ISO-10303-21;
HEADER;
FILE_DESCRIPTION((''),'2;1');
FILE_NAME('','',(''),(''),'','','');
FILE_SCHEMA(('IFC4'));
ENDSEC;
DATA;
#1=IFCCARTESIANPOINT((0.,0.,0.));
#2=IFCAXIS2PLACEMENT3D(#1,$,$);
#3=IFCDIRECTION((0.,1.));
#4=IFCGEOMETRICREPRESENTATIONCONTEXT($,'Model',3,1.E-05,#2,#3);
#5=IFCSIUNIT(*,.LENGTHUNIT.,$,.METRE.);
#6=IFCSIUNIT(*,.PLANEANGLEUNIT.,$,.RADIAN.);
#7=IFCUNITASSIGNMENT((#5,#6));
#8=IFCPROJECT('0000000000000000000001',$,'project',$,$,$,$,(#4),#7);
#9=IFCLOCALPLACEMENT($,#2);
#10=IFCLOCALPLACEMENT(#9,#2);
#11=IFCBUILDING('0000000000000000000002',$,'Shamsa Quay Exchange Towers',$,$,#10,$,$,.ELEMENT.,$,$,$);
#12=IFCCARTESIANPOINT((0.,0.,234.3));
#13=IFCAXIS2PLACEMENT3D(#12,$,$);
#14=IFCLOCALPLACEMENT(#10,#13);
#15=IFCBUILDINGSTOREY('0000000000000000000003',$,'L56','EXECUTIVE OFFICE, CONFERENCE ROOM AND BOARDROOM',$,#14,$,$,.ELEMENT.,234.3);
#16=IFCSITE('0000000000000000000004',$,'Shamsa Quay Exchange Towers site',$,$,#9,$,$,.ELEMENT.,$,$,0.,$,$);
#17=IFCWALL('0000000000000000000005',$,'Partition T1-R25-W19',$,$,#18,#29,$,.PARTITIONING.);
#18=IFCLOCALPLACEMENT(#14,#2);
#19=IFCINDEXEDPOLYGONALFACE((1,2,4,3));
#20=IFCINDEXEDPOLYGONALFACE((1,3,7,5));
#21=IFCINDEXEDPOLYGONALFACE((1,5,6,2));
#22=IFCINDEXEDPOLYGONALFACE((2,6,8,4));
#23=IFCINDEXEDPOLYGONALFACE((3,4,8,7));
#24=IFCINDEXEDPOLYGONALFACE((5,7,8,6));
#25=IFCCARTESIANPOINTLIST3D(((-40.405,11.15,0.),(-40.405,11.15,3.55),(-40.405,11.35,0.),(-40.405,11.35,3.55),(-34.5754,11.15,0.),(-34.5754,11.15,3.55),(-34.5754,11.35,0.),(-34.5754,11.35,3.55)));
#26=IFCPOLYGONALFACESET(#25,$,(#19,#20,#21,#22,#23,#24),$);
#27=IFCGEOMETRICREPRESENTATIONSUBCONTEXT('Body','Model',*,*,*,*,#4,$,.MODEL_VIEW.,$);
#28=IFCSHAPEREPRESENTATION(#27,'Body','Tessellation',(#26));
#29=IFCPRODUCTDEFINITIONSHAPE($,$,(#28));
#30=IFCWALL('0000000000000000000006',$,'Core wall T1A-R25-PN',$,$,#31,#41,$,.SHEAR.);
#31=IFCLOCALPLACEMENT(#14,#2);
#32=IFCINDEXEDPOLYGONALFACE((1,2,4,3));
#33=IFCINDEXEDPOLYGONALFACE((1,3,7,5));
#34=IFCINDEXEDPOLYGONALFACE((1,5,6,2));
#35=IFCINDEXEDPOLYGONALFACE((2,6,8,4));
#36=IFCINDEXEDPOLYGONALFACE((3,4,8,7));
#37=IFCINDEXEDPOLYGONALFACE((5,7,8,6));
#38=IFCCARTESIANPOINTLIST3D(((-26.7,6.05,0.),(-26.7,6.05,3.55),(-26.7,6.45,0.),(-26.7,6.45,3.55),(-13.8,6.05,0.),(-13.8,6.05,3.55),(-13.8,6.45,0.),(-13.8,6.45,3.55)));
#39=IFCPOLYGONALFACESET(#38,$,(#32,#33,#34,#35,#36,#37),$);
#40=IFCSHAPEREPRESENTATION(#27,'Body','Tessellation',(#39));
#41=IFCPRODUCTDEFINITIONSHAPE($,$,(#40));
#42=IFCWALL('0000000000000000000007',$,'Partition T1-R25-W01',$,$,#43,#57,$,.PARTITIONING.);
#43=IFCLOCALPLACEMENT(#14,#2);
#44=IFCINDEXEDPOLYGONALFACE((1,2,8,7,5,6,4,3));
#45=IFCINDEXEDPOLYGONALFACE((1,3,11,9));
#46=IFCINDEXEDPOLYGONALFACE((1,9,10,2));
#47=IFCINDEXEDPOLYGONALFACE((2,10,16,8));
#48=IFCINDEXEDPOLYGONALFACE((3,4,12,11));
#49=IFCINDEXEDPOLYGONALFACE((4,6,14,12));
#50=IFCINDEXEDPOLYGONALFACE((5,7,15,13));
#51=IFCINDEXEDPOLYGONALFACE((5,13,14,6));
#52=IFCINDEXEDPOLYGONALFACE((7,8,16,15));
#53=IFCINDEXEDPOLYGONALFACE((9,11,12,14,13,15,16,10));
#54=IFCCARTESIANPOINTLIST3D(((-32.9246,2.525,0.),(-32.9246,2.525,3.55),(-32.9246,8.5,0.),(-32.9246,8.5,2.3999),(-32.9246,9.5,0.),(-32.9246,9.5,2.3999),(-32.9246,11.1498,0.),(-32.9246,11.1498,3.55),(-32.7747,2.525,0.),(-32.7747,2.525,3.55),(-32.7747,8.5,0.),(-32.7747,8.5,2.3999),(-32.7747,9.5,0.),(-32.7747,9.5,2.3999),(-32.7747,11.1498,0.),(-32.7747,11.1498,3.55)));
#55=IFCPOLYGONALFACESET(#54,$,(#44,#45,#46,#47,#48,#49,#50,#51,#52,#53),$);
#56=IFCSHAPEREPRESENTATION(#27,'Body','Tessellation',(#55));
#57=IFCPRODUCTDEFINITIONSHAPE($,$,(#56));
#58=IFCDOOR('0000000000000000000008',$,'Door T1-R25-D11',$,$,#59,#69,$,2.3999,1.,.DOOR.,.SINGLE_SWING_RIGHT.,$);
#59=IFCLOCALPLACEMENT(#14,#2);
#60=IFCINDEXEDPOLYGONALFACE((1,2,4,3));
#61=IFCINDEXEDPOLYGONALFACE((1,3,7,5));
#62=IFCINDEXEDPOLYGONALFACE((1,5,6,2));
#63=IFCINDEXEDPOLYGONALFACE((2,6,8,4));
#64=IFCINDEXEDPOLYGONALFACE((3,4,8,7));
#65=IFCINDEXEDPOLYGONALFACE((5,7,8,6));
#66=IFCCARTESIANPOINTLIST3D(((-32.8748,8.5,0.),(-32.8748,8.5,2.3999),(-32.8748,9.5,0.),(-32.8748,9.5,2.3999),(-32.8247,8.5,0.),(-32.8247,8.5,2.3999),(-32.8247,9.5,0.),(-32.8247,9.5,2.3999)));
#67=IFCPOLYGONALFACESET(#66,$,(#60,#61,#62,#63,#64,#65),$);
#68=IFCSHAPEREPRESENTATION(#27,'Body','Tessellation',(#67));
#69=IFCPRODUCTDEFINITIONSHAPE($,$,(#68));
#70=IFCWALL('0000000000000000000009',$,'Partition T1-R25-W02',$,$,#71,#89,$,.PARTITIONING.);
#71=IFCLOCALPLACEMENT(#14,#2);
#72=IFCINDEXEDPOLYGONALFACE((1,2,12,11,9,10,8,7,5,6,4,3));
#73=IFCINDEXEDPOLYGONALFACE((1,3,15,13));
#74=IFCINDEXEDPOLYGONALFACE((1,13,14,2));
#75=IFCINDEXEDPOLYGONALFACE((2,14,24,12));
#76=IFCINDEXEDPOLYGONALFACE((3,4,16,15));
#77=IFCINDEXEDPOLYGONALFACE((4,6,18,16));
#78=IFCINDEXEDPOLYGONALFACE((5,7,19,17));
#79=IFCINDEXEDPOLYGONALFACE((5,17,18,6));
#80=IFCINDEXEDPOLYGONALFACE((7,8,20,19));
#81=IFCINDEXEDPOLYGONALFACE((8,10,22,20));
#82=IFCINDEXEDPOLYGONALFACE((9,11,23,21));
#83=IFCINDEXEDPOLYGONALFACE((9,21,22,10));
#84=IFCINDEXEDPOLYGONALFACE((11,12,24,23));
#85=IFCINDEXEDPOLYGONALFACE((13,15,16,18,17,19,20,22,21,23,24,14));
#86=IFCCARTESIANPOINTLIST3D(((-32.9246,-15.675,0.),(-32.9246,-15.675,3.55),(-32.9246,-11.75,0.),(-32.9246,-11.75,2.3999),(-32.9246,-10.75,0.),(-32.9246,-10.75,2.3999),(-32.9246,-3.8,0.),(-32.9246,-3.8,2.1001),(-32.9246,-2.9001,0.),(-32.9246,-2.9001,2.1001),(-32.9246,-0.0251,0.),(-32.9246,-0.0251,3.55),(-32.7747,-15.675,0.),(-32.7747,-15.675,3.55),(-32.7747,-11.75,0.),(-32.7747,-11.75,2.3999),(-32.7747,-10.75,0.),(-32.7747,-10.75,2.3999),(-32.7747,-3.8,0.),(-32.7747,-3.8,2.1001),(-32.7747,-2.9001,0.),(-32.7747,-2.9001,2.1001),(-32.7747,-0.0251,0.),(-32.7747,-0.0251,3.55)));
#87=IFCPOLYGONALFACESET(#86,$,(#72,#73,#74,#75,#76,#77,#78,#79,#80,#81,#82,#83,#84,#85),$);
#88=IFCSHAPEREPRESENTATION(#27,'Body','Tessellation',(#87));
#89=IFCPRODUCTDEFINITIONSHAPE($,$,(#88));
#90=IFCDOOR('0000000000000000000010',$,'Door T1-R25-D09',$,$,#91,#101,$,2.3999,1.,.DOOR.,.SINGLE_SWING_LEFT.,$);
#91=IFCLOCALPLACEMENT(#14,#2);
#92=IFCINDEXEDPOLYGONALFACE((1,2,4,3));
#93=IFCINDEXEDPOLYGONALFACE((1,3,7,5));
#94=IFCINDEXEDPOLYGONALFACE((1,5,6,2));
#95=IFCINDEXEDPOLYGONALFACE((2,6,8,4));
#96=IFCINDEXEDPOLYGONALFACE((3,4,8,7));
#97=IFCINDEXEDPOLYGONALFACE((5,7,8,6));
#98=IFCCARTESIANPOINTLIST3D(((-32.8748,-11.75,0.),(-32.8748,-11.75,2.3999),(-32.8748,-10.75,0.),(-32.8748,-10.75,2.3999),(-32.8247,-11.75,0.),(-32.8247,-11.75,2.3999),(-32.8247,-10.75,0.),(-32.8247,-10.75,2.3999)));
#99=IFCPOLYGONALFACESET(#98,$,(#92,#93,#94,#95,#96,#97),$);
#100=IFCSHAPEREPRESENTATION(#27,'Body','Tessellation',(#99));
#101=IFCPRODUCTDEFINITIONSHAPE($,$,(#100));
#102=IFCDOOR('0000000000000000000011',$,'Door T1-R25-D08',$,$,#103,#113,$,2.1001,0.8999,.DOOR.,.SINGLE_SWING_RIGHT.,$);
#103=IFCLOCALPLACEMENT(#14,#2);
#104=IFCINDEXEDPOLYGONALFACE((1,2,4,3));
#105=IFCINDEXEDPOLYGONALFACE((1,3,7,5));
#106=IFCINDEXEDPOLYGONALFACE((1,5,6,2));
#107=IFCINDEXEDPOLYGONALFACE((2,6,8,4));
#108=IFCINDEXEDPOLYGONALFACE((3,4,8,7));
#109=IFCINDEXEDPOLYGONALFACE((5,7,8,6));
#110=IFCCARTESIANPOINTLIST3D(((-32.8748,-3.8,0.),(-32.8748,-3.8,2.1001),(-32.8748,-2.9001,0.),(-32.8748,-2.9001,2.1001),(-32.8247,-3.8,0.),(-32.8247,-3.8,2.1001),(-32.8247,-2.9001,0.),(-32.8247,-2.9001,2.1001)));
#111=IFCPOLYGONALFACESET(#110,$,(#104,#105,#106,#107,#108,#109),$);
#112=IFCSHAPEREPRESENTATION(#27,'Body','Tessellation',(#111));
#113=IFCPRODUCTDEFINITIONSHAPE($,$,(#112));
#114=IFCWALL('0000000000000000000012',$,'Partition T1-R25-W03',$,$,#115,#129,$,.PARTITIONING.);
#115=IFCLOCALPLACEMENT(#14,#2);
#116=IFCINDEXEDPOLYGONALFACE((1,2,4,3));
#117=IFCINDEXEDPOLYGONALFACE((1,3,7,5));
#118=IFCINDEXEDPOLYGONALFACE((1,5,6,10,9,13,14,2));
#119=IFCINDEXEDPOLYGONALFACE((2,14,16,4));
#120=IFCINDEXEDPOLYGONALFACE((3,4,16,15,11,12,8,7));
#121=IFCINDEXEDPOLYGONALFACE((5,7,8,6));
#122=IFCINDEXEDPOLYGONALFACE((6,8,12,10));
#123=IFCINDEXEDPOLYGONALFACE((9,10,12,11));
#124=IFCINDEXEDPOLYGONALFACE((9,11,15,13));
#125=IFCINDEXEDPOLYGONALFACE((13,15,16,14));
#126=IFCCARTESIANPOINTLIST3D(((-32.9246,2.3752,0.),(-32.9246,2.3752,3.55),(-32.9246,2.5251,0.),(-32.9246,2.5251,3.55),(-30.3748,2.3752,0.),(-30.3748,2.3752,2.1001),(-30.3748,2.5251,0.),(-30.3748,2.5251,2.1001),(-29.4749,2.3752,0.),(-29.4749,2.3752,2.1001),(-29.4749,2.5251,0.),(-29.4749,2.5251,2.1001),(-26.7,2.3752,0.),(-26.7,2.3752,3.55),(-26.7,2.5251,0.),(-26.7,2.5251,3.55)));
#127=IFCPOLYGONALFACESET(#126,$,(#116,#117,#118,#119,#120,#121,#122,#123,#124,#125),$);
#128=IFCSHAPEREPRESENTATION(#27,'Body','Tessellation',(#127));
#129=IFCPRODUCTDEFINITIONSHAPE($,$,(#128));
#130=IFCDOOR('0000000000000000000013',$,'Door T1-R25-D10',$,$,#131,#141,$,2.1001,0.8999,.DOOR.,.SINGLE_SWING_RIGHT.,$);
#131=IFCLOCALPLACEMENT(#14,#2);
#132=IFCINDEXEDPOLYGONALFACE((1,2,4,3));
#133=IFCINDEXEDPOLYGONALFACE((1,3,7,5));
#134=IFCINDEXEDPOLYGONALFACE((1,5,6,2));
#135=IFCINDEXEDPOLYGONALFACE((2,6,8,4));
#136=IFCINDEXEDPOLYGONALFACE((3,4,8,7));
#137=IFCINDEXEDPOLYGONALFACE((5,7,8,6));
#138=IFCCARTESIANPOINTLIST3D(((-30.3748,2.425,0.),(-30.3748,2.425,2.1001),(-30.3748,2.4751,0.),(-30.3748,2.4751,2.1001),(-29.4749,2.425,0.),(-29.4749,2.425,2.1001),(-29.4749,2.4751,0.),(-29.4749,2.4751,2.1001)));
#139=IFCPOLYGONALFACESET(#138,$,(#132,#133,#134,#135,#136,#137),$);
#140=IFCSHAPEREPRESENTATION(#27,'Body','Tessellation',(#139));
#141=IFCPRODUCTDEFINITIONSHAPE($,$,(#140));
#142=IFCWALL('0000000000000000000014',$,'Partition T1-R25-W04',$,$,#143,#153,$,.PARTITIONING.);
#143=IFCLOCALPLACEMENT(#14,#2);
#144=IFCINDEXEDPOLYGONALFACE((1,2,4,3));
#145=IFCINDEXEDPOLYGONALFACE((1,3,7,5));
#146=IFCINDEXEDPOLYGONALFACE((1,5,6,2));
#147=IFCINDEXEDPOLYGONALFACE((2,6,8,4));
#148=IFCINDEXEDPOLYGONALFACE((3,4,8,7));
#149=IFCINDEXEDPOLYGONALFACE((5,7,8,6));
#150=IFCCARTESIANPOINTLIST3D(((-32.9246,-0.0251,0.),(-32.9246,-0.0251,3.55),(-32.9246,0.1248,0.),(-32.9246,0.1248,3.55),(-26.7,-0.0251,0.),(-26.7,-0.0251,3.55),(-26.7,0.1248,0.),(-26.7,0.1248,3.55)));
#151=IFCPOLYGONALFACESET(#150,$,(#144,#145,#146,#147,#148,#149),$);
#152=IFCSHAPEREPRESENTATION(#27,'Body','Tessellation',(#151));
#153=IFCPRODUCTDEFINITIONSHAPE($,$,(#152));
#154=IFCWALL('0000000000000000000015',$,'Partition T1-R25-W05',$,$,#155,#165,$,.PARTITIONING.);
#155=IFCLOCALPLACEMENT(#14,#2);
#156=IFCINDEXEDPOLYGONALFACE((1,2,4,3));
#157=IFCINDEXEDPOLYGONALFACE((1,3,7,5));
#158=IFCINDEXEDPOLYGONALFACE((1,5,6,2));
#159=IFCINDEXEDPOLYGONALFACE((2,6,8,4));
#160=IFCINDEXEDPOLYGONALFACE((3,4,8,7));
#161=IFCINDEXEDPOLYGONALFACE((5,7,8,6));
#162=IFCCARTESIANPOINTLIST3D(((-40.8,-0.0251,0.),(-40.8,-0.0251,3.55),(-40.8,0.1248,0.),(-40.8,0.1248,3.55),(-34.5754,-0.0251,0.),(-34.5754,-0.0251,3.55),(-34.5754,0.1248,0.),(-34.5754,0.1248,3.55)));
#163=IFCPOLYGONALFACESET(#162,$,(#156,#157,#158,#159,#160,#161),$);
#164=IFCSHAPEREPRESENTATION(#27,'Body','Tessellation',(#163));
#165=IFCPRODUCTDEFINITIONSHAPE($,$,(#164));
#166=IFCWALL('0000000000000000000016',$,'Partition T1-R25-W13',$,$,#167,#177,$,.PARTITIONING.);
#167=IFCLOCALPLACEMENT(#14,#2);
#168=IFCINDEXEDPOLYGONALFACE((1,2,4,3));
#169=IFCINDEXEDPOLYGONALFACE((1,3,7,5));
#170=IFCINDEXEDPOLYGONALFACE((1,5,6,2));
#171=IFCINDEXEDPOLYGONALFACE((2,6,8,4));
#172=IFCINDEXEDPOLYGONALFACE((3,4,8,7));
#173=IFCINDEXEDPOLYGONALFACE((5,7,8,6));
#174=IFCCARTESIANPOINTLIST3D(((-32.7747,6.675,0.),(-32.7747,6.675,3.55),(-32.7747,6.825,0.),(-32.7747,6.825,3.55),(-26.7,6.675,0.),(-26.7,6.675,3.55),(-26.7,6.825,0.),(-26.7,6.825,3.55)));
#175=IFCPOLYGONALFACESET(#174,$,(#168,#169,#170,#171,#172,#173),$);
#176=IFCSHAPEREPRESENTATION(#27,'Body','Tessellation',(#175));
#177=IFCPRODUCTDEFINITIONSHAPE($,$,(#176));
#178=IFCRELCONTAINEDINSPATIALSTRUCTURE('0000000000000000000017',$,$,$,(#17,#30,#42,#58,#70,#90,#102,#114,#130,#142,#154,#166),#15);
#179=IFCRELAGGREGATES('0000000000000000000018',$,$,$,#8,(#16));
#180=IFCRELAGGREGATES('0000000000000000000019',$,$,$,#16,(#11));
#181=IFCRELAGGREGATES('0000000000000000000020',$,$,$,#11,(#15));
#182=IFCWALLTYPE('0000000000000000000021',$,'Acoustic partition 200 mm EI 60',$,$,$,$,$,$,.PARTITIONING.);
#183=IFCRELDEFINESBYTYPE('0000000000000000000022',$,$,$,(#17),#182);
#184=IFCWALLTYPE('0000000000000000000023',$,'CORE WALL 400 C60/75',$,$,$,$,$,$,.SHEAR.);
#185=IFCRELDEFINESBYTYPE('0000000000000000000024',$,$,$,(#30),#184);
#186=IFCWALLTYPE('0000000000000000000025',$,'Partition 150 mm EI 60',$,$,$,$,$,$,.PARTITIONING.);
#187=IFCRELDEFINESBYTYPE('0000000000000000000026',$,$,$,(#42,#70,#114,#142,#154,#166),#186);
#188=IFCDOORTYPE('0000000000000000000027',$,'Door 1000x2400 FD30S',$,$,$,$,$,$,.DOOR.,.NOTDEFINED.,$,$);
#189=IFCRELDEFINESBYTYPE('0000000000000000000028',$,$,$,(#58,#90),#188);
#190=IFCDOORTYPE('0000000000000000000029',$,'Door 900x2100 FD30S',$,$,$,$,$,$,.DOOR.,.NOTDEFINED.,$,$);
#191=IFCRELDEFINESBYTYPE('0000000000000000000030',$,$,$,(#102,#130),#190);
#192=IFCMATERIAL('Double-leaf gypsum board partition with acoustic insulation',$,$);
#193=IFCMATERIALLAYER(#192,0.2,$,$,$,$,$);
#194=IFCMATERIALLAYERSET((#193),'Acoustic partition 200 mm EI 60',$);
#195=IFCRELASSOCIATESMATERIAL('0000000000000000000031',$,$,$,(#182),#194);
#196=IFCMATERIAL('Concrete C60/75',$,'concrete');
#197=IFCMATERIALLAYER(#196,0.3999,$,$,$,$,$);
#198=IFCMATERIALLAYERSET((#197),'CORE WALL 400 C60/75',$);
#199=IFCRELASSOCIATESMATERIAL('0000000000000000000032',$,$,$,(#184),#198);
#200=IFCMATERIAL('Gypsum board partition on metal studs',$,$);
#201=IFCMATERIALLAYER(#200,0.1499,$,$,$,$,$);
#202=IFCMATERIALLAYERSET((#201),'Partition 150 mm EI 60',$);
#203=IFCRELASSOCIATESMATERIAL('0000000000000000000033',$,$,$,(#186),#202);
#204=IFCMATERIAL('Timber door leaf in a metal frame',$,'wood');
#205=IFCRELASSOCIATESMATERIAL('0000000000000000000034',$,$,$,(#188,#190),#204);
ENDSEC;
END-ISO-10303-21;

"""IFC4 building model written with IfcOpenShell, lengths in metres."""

from ifc_helpers import new_model, si_unit, direction, frame, frame_2d, origin, place, context, subcontext, project, spatial, rectangle, extrude, material, layer, layer_set, type_object, element, fill, save


model = new_model("IFC4")

# Units and contexts
model_context = context("Model", 3, precision=1e-05, world=origin(), true_north=direction((0.0, 1.0)))
body_context = subcontext(model_context, "Body", "Model", "MODEL_VIEW")
ifc_project = project(units=[si_unit("LENGTHUNIT", "METRE"), si_unit("PLANEANGLEUNIT", "RADIAN")], contexts=[model_context])

# Site, building, storey
site_placement = place(None, origin())
site = spatial("IfcSite", under=ifc_project, at=site_placement, Name="Shamsa Quay Exchange Towers site", CompositionType="ELEMENT", RefElevation=0.0)
building_placement = place(site_placement, origin())
building = spatial("IfcBuilding", under=site, at=building_placement, Name="Shamsa Quay Exchange Towers", CompositionType="ELEMENT")
storey_placement = place(building_placement, frame((0.0, 0.0, 234.3)))
storey = spatial("IfcBuildingStorey", under=building, at=storey_placement, Name="L56", Description="EXECUTIVE OFFICE, CONFERENCE ROOM AND BOARDROOM", CompositionType="ELEMENT", Elevation=234.3)

# Walls
ifc_material_1 = material(Name="Double-leaf gypsum board partition with acoustic insulation")
ifc_layer_1 = layer(ifc_material_1, 0.2)
ifc_layer_set_1 = layer_set([ifc_layer_1], Name="Acoustic partition 200 mm EI 60")
wall_type_1 = type_object("IfcWallType", Name="Acoustic partition 200 mm EI 60", PredefinedType="PARTITIONING", material=ifc_layer_set_1)
wall_1_placement = place(storey_placement, frame((-34.5754, 11.25, 0.0), z_axis=(0.0, 0.0, 1.0), x_axis=(-1.0, 0.0, 0.0)))
element("IfcWall", 1, at=wall_1_placement, inside=storey, type_object=wall_type_1, Name="Partition T1-R25-W19", PredefinedType="PARTITIONING", context=body_context, shape_type="SweptSolid", body=[
    extrude(rectangle(XDim=5.8296, YDim=0.2, at=frame_2d((2.9148, 0.0))), origin(), (0.0, 0.0, 1.0), 3.55),
])
ifc_material_2 = material(Name="Concrete C60/75", Category="concrete")
ifc_layer_2 = layer(ifc_material_2, 0.3999)
ifc_layer_set_2 = layer_set([ifc_layer_2], Name="CORE WALL 400 C60/75")
wall_type_2 = type_object("IfcWallType", Name="CORE WALL 400 C60/75", PredefinedType="SHEAR", material=ifc_layer_set_2)
wall_2_placement = place(storey_placement, frame((-26.7, 6.25, 0.0)))
element("IfcWall", 2, at=wall_2_placement, inside=storey, type_object=wall_type_2, Name="Core wall T1A-R25-PN", PredefinedType="SHEAR", context=body_context, shape_type="SweptSolid", body=[
    extrude(rectangle(XDim=12.8999, YDim=0.3999, at=frame_2d((6.45, 0.0))), origin(), (0.0, 0.0, 1.0), 3.55),
])

# Wall, opening, door
ifc_material_3 = material(Name="Gypsum board partition on metal studs")
ifc_layer_3 = layer(ifc_material_3, 0.1499)
ifc_layer_set_3 = layer_set([ifc_layer_3], Name="Partition 150 mm EI 60")
wall_type_3 = type_object("IfcWallType", Name="Partition 150 mm EI 60", PredefinedType="PARTITIONING", material=ifc_layer_set_3)
wall_3_placement = place(storey_placement, frame((-32.8496, 11.1499, 0.0), z_axis=(0.0, 0.0, 1.0), x_axis=(0.0, -1.0, 0.0)))
wall_3 = element("IfcWall", 3, at=wall_3_placement, inside=storey, type_object=wall_type_3, Name="Partition T1-R25-W01", PredefinedType="PARTITIONING", context=body_context, shape_type="SweptSolid", body=[
    extrude(rectangle(XDim=8.6248, YDim=0.1499, at=frame_2d((4.3125, 0.0))), origin(), (0.0, 0.0, 1.0), 3.55),
])
opening_1_placement = place(wall_3_placement, frame((1.6499, 0.0, 0.0)))
opening_1 = element("IfcOpeningElement", 4, at=opening_1_placement, cuts=wall_3, PredefinedType="OPENING", context=body_context, shape_type="SweptSolid", body=[
    extrude(rectangle(XDim=1.0, YDim=2.3999, at=frame_2d((0.5, 1.2))), frame((0.0, 0.085, 0.0), z_axis=(0.0, -1.0, 0.0), x_axis=(1.0, 0.0, 0.0)), (0.0, 0.0, 1.0), 0.1699),
])
ifc_material_4 = material(Name="Timber door leaf in a metal frame", Category="wood")
door_type_1 = type_object("IfcDoorType", Name="Door 1000x2400 FD30S", OperationType="NOTDEFINED", PredefinedType="DOOR", material=ifc_material_4)
door_1_placement = place(opening_1_placement, origin())
door_1 = element("IfcDoor", 5, at=door_1_placement, inside=storey, type_object=door_type_1, Name="Door T1-R25-D11", OperationType="SINGLE_SWING_RIGHT", OverallHeight=2.3999, OverallWidth=1.0, PredefinedType="DOOR", context=body_context, shape_type="SweptSolid", body=[
    extrude(rectangle(XDim=1.0, YDim=2.3999, at=frame_2d((0.5, 1.2))), frame((0.0, 0.0249, 0.0), z_axis=(0.0, -1.0, 0.0), x_axis=(1.0, 0.0, 0.0)), (0.0, 0.0, 1.0), 0.05),
])
fill(opening_1, door_1)

# Wall, openings, doors
wall_4_placement = place(storey_placement, frame((-32.8496, -0.0251, 0.0), z_axis=(0.0, 0.0, 1.0), x_axis=(0.0, -1.0, 0.0)))
wall_4 = element("IfcWall", 6, at=wall_4_placement, inside=storey, type_object=wall_type_3, Name="Partition T1-R25-W02", PredefinedType="PARTITIONING", context=body_context, shape_type="SweptSolid", body=[
    extrude(rectangle(XDim=15.6499, YDim=0.1499, at=frame_2d((7.825, 0.0))), origin(), (0.0, 0.0, 1.0), 3.55),
])
opening_2_placement = place(wall_4_placement, frame((2.875, 0.0, 0.0)))
opening_2 = element("IfcOpeningElement", 7, at=opening_2_placement, cuts=wall_4, PredefinedType="OPENING", context=body_context, shape_type="SweptSolid", body=[
    extrude(rectangle(XDim=0.8999, YDim=2.1001, at=frame_2d((0.45, 1.05))), frame((0.0, 0.085, 0.0), z_axis=(0.0, -1.0, 0.0), x_axis=(1.0, 0.0, 0.0)), (0.0, 0.0, 1.0), 0.1699),
])
opening_3_placement = place(wall_4_placement, frame((10.7249, 0.0, 0.0)))
opening_3 = element("IfcOpeningElement", 8, at=opening_3_placement, cuts=wall_4, PredefinedType="OPENING", context=body_context, shape_type="SweptSolid", body=[
    extrude(rectangle(XDim=1.0, YDim=2.3999, at=frame_2d((0.5, 1.2))), frame((0.0, 0.085, 0.0), z_axis=(0.0, -1.0, 0.0), x_axis=(1.0, 0.0, 0.0)), (0.0, 0.0, 1.0), 0.1699),
])
door_2_placement = place(opening_3_placement, origin())
door_2 = element("IfcDoor", 9, at=door_2_placement, inside=storey, type_object=door_type_1, Name="Door T1-R25-D09", OperationType="SINGLE_SWING_LEFT", OverallHeight=2.3999, OverallWidth=1.0, PredefinedType="DOOR", context=body_context, shape_type="SweptSolid", body=[
    extrude(rectangle(XDim=1.0, YDim=2.3999, at=frame_2d((0.5, 1.2))), frame((0.0, 0.0249, 0.0), z_axis=(0.0, -1.0, 0.0), x_axis=(1.0, 0.0, 0.0)), (0.0, 0.0, 1.0), 0.05),
])
fill(opening_3, door_2)
door_type_2 = type_object("IfcDoorType", Name="Door 900x2100 FD30S", OperationType="NOTDEFINED", PredefinedType="DOOR", material=ifc_material_4)
door_3_placement = place(opening_2_placement, origin())
door_3 = element("IfcDoor", 10, at=door_3_placement, inside=storey, type_object=door_type_2, Name="Door T1-R25-D08", OperationType="SINGLE_SWING_RIGHT", OverallHeight=2.1001, OverallWidth=0.8999, PredefinedType="DOOR", context=body_context, shape_type="SweptSolid", body=[
    extrude(rectangle(XDim=0.8999, YDim=2.1001, at=frame_2d((0.45, 1.05))), frame((0.0, 0.0249, 0.0), z_axis=(0.0, -1.0, 0.0), x_axis=(1.0, 0.0, 0.0)), (0.0, 0.0, 1.0), 0.05),
])
fill(opening_2, door_3)

# Wall, opening, door
wall_5_placement = place(storey_placement, frame((-32.9246, 2.4502, 0.0)))
wall_5 = element("IfcWall", 11, at=wall_5_placement, inside=storey, type_object=wall_type_3, Name="Partition T1-R25-W03", PredefinedType="PARTITIONING", context=body_context, shape_type="SweptSolid", body=[
    extrude(rectangle(XDim=6.2246, YDim=0.1499, at=frame_2d((3.1123, 0.0))), origin(), (0.0, 0.0, 1.0), 3.55),
])
opening_4_placement = place(wall_5_placement, frame((2.5498, 0.0, 0.0)))
opening_4 = element("IfcOpeningElement", 12, at=opening_4_placement, cuts=wall_5, PredefinedType="OPENING", context=body_context, shape_type="SweptSolid", body=[
    extrude(rectangle(XDim=0.8999, YDim=2.1001, at=frame_2d((0.45, 1.05))), frame((0.0, 0.085, 0.0), z_axis=(0.0, -1.0, 0.0), x_axis=(1.0, 0.0, 0.0)), (0.0, 0.0, 1.0), 0.1699),
])
door_4_placement = place(opening_4_placement, origin())
door_4 = element("IfcDoor", 13, at=door_4_placement, inside=storey, type_object=door_type_2, Name="Door T1-R25-D10", OperationType="SINGLE_SWING_RIGHT", OverallHeight=2.1001, OverallWidth=0.8999, PredefinedType="DOOR", context=body_context, shape_type="SweptSolid", body=[
    extrude(rectangle(XDim=0.8999, YDim=2.1001, at=frame_2d((0.45, 1.05))), frame((0.0, 0.0249, 0.0), z_axis=(0.0, -1.0, 0.0), x_axis=(1.0, 0.0, 0.0)), (0.0, 0.0, 1.0), 0.05),
])
fill(opening_4, door_4)

# Walls
for number, where, z_axis, x_axis, name in (
    (14, (-26.7, 0.0498, 0.0), (0.0, 0.0, 1.0), (-1.0, 0.0, 0.0), "Partition T1-R25-W04"),
    (15, (-34.5754, 0.0498, 0.0), (0.0, 0.0, 1.0), (-1.0, 0.0, 0.0), "Partition T1-R25-W05"),
):
    element("IfcWall", number, at=place(storey_placement, frame(where, z_axis=z_axis, x_axis=x_axis)), inside=storey, type_object=wall_type_3, Name=name, PredefinedType="PARTITIONING", context=body_context, shape_type="SweptSolid", body=[
        extrude(rectangle(XDim=6.2246, YDim=0.1499, at=frame_2d((3.1123, 0.0))), origin(), (0.0, 0.0, 1.0), 3.55),
    ])
wall_6_placement = place(storey_placement, frame((-26.7, 6.75, 0.0), z_axis=(0.0, 0.0, 1.0), x_axis=(-1.0, 0.0, 0.0)))
element("IfcWall", 16, at=wall_6_placement, inside=storey, type_object=wall_type_3, Name="Partition T1-R25-W13", PredefinedType="PARTITIONING", context=body_context, shape_type="SweptSolid", body=[
    extrude(rectangle(XDim=6.0747, YDim=0.1499, at=frame_2d((3.0374, 0.0))), origin(), (0.0, 0.0, 1.0), 3.55),
])

save(model, "model.ifc")
